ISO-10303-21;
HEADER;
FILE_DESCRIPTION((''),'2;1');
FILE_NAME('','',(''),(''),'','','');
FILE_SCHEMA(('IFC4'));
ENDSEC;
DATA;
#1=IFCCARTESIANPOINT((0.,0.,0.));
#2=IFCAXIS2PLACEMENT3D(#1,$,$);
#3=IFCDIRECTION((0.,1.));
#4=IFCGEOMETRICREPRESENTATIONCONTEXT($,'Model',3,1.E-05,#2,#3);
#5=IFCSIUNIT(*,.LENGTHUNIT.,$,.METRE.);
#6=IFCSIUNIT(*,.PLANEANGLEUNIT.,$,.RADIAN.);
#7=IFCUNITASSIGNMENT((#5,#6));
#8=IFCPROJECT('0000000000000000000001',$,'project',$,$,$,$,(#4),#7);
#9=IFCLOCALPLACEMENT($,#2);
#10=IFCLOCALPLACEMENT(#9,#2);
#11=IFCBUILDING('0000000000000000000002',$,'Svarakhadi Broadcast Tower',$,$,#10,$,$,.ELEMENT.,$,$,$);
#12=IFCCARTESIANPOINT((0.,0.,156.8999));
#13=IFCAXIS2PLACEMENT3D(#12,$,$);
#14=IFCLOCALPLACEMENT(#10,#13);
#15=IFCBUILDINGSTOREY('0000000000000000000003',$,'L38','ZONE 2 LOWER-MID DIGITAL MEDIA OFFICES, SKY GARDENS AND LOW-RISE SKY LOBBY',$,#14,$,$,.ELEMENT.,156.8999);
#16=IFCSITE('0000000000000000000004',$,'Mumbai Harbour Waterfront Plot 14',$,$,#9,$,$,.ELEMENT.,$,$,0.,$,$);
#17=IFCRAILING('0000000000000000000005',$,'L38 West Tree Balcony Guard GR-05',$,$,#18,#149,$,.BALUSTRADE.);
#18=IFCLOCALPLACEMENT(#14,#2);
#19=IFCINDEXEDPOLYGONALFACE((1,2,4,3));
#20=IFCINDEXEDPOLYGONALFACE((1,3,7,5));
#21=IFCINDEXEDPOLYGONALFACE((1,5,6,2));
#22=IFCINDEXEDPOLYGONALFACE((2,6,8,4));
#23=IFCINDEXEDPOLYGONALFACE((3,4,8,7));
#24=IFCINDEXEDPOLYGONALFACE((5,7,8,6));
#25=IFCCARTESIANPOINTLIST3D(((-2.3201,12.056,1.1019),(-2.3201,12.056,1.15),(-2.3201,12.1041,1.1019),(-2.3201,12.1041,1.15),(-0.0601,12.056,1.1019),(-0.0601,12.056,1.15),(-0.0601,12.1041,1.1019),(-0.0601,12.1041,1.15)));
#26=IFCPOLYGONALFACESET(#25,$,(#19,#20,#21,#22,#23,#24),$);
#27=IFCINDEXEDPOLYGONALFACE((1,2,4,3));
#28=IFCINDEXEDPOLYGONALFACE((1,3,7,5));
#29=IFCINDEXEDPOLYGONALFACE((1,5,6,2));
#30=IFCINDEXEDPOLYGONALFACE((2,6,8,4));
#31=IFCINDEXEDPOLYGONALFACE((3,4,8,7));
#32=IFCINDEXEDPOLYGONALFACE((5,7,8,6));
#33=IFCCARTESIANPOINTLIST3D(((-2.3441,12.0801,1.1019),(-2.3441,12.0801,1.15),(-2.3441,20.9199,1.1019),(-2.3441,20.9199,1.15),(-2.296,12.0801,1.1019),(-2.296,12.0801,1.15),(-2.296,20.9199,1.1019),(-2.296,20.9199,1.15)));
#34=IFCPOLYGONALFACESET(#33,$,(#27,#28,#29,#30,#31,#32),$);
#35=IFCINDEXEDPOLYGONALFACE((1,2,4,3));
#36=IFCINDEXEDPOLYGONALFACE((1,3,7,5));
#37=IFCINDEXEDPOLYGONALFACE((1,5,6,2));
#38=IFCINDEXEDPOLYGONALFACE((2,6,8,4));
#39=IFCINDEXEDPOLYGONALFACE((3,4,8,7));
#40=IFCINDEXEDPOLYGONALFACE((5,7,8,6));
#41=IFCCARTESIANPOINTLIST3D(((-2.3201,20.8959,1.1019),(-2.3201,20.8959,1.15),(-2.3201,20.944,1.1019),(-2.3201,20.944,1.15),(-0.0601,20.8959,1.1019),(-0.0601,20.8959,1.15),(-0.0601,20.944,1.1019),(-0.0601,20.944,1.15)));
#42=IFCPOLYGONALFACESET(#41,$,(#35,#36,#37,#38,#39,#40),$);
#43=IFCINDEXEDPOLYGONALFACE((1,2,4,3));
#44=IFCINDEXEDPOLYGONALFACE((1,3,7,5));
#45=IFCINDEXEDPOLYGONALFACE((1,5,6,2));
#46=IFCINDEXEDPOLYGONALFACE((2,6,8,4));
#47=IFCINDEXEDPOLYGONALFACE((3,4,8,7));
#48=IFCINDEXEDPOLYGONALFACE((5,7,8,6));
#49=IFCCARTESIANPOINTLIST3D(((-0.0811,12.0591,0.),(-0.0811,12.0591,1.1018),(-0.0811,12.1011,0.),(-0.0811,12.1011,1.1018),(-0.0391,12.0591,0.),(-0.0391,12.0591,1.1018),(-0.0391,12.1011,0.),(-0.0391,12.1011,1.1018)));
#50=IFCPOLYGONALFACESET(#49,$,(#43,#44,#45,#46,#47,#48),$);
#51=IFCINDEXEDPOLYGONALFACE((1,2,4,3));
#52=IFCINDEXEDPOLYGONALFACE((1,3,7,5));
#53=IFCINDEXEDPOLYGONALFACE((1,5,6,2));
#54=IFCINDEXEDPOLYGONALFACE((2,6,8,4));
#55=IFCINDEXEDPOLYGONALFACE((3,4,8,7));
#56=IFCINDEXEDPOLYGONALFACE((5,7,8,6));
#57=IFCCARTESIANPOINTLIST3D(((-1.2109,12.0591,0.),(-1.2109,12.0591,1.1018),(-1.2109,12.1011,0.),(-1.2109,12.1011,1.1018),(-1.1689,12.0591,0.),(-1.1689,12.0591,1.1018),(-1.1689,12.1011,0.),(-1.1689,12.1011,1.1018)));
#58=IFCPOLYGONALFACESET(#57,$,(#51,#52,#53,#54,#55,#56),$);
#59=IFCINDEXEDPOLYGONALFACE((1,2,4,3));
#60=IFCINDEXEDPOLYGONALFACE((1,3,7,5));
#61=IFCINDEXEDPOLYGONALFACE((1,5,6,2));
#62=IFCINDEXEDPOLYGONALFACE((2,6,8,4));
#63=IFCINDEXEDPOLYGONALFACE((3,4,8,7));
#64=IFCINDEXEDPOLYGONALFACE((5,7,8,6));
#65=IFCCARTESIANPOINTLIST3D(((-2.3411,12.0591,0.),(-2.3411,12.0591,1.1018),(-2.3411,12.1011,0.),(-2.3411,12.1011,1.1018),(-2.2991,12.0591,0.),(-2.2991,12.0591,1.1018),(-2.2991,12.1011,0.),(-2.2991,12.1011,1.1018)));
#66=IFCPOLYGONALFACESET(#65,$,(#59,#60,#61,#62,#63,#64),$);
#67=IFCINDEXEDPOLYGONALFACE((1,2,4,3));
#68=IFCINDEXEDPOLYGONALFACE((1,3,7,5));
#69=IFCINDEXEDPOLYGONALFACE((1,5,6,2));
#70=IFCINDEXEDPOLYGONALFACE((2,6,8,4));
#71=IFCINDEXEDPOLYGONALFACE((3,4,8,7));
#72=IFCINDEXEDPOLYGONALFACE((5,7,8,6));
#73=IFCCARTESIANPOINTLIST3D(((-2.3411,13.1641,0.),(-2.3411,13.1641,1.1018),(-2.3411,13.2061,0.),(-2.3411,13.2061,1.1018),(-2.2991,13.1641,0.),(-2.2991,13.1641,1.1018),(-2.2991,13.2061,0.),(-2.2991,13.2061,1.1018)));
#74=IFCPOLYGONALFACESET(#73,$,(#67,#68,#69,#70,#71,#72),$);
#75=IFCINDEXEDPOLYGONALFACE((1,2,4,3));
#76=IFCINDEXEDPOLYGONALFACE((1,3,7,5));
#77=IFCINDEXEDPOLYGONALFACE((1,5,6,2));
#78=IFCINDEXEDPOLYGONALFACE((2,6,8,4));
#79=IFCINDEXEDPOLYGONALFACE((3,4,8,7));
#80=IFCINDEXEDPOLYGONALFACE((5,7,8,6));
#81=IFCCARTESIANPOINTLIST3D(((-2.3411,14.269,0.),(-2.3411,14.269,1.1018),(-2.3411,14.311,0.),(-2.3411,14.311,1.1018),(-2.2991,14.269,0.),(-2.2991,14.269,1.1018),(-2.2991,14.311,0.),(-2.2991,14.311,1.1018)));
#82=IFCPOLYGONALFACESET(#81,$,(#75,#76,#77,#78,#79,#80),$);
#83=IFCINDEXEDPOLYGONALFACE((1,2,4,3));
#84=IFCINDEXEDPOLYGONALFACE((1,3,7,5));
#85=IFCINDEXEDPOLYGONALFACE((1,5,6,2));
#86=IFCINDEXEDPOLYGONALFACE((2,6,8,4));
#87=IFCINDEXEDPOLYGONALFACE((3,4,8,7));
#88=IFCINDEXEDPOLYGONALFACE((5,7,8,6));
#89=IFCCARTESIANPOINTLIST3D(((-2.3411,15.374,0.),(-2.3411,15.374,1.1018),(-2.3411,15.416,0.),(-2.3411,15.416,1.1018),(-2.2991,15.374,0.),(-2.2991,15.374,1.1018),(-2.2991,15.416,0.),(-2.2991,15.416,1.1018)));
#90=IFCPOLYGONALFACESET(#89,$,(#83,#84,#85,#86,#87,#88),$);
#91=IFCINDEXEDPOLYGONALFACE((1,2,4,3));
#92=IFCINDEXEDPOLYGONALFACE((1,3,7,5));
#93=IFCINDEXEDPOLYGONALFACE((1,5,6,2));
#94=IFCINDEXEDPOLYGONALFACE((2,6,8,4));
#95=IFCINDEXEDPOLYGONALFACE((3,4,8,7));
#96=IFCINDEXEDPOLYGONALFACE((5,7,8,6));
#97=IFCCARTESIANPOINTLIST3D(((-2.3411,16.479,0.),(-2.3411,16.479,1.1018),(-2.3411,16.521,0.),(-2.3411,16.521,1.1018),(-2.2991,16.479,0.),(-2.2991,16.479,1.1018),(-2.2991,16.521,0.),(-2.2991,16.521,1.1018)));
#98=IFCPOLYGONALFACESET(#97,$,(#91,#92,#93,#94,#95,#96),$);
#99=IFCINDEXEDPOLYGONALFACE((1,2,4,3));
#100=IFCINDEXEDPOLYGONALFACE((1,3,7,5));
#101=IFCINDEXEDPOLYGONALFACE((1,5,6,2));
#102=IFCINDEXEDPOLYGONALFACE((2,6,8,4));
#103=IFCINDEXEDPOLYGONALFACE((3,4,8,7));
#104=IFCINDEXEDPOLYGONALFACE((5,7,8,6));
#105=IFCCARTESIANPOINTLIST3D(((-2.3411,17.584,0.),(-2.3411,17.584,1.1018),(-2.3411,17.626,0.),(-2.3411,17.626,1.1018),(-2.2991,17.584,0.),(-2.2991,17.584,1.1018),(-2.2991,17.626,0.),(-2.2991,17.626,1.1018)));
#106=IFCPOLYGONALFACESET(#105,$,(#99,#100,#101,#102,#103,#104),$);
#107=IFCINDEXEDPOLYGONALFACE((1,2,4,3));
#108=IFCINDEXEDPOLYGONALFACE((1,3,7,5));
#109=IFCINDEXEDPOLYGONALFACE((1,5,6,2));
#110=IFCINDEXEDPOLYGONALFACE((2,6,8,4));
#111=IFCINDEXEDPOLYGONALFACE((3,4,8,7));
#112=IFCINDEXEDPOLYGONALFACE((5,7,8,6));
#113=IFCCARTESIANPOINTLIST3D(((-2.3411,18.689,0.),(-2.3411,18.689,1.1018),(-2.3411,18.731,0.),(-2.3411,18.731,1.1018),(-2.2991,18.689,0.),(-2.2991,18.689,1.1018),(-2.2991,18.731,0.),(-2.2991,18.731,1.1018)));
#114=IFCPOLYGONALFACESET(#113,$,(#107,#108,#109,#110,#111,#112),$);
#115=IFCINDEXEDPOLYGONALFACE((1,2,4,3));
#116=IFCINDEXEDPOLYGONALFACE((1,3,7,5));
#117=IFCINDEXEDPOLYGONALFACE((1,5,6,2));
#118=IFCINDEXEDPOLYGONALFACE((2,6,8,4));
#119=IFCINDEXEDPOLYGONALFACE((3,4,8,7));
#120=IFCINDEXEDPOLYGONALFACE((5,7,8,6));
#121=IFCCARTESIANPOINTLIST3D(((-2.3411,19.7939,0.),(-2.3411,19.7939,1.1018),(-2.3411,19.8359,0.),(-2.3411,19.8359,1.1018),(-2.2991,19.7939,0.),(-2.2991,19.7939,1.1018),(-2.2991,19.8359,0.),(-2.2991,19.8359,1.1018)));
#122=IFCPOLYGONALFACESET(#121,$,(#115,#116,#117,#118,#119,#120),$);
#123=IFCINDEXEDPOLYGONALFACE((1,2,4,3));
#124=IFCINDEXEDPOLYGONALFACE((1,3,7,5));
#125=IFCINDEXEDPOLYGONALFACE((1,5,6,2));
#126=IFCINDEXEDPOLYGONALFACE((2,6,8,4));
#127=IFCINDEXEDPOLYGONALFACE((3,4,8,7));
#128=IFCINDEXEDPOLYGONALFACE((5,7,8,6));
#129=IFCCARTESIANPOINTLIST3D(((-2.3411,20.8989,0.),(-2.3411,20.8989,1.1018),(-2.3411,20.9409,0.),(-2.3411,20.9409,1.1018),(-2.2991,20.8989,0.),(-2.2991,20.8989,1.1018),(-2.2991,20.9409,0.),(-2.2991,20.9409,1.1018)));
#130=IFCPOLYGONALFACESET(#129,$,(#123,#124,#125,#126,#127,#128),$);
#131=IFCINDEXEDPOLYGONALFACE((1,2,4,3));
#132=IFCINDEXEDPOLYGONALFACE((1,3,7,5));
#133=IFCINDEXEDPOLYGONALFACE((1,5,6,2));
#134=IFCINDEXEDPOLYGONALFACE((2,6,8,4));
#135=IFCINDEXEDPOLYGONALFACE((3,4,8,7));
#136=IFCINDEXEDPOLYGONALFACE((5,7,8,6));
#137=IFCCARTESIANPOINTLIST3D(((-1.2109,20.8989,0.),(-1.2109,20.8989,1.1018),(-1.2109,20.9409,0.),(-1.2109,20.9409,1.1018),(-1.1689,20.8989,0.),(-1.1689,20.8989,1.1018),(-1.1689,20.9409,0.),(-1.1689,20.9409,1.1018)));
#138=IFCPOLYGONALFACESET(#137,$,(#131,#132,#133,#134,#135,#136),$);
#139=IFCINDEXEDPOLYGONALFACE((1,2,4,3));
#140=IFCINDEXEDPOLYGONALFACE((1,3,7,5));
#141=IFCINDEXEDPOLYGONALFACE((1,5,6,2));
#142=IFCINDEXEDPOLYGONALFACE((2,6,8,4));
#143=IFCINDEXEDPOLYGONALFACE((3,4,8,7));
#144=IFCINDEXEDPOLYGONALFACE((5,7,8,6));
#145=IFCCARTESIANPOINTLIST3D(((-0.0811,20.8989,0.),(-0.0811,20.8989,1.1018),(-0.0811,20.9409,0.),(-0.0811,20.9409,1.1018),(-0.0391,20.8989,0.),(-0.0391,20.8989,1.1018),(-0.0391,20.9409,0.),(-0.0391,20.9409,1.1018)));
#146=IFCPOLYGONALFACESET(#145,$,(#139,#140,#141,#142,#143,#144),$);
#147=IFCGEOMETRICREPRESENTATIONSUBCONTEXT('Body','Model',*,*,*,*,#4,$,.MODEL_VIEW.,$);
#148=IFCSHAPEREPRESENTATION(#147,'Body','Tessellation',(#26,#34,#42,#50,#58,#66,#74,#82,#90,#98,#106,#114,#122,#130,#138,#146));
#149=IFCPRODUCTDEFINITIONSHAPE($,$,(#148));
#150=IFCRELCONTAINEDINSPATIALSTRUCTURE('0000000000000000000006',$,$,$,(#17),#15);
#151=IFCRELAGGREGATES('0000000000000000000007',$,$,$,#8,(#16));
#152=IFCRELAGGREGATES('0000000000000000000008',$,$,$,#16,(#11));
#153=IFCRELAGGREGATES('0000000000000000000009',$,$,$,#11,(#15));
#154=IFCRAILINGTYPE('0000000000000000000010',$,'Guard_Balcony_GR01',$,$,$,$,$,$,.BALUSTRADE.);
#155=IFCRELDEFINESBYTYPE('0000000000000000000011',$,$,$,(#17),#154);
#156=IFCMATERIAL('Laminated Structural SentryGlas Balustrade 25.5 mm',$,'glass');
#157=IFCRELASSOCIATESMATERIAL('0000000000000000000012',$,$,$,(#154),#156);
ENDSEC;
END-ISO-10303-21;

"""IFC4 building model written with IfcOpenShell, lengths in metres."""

from ifc_helpers import new_model, si_unit, direction, frame, origin, origin_2d, place, context, subcontext, project, spatial, rectangle, extrude, material, type_object, element, save


model = new_model("IFC4")

# Units and contexts
model_context = context("Model", 3, precision=1e-05, world=origin(), true_north=direction((0.0, 1.0)))
body_context = subcontext(model_context, "Body", "Model", "MODEL_VIEW")
ifc_project = project(units=[si_unit("LENGTHUNIT", "METRE"), si_unit("PLANEANGLEUNIT", "RADIAN")], contexts=[model_context])

# Site, building, storey
site_placement = place(None, origin())
site = spatial("IfcSite", under=ifc_project, at=site_placement, Name="Mumbai Harbour Waterfront Plot 14", CompositionType="ELEMENT", RefElevation=0.0)
building_placement = place(site_placement, origin())
building = spatial("IfcBuilding", under=site, at=building_placement, Name="Svarakhadi Broadcast Tower", CompositionType="ELEMENT")
storey_placement = place(building_placement, frame((0.0, 0.0, 156.8999)))
storey = spatial("IfcBuildingStorey", under=building, at=storey_placement, Name="L38", Description="ZONE 2 LOWER-MID DIGITAL MEDIA OFFICES, SKY GARDENS AND LOW-RISE SKY LOBBY", CompositionType="ELEMENT", Elevation=156.8999)

# Railing
ifc_material_1 = material(Name="Laminated Structural SentryGlas Balustrade 25.5 mm", Category="glass")
railing_type = type_object("IfcRailingType", Name="Guard_Balcony_GR01", PredefinedType="BALUSTRADE", material=ifc_material_1)
railing_placement = place(storey_placement, frame((-0.0601, 12.0801, 0.0)))
element("IfcRailing", 1, at=railing_placement, inside=storey, type_object=railing_type, Name="L38 West Tree Balcony Guard GR-05", PredefinedType="BALUSTRADE", context=body_context, shape_type="SweptSolid", body=[
    extrude(rectangle(XDim=0.0481, YDim=0.0481, at=origin_2d()), frame((0.0, 0.0, 1.126), z_axis=(-1.0, 0.0, 0.0), x_axis=(0.0, -1.0, 0.0)), (0.0, 0.0, 1.0), 2.26),
    extrude(rectangle(XDim=0.0481, YDim=0.0481, at=origin_2d()), frame((-2.26, 0.0, 1.126), z_axis=(0.0, 1.0, 0.0), x_axis=(-1.0, 0.0, 0.0)), (0.0, 0.0, 1.0), 8.8398),
    extrude(rectangle(XDim=0.0481, YDim=0.0481, at=origin_2d()), frame((-2.26, 8.8398, 1.126), z_axis=(1.0, 0.0, 0.0), x_axis=(0.0, 1.0, 0.0)), (0.0, 0.0, 1.0), 2.26),
    extrude(rectangle(XDim=0.042, YDim=0.042, at=origin_2d()), origin(), (0.0, 0.0, 1.0), 1.1018),
    extrude(rectangle(XDim=0.042, YDim=0.042, at=origin_2d()), frame((-1.1299, 0.0, 0.0)), (0.0, 0.0, 1.0), 1.1018),
    extrude(rectangle(XDim=0.042, YDim=0.042, at=origin_2d()), frame((-2.26, 0.0, 0.0)), (0.0, 0.0, 1.0), 1.1018),
    extrude(rectangle(XDim=0.042, YDim=0.042, at=origin_2d()), frame((-2.26, 1.105, 0.0)), (0.0, 0.0, 1.0), 1.1018),
    extrude(rectangle(XDim=0.042, YDim=0.042, at=origin_2d()), frame((-2.26, 2.21, 0.0)), (0.0, 0.0, 1.0), 1.1018),
    extrude(rectangle(XDim=0.042, YDim=0.042, at=origin_2d()), frame((-2.26, 3.3149, 0.0)), (0.0, 0.0, 1.0), 1.1018),
    extrude(rectangle(XDim=0.042, YDim=0.042, at=origin_2d()), frame((-2.26, 4.4199, 0.0)), (0.0, 0.0, 1.0), 1.1018),
    extrude(rectangle(XDim=0.042, YDim=0.042, at=origin_2d()), frame((-2.26, 5.5249, 0.0)), (0.0, 0.0, 1.0), 1.1018),
    extrude(rectangle(XDim=0.042, YDim=0.042, at=origin_2d()), frame((-2.26, 6.6299, 0.0)), (0.0, 0.0, 1.0), 1.1018),
    extrude(rectangle(XDim=0.042, YDim=0.042, at=origin_2d()), frame((-2.26, 7.7349, 0.0)), (0.0, 0.0, 1.0), 1.1018),
    extrude(rectangle(XDim=0.042, YDim=0.042, at=origin_2d()), frame((-2.26, 8.8398, 0.0)), (0.0, 0.0, 1.0), 1.1018),
    extrude(rectangle(XDim=0.042, YDim=0.042, at=origin_2d()), frame((-1.1299, 8.8398, 0.0)), (0.0, 0.0, 1.0), 1.1018),
    extrude(rectangle(XDim=0.042, YDim=0.042, at=origin_2d()), frame((0.0, 8.8398, 0.0)), (0.0, 0.0, 1.0), 1.1018),
])

save(model, "model.ifc")
